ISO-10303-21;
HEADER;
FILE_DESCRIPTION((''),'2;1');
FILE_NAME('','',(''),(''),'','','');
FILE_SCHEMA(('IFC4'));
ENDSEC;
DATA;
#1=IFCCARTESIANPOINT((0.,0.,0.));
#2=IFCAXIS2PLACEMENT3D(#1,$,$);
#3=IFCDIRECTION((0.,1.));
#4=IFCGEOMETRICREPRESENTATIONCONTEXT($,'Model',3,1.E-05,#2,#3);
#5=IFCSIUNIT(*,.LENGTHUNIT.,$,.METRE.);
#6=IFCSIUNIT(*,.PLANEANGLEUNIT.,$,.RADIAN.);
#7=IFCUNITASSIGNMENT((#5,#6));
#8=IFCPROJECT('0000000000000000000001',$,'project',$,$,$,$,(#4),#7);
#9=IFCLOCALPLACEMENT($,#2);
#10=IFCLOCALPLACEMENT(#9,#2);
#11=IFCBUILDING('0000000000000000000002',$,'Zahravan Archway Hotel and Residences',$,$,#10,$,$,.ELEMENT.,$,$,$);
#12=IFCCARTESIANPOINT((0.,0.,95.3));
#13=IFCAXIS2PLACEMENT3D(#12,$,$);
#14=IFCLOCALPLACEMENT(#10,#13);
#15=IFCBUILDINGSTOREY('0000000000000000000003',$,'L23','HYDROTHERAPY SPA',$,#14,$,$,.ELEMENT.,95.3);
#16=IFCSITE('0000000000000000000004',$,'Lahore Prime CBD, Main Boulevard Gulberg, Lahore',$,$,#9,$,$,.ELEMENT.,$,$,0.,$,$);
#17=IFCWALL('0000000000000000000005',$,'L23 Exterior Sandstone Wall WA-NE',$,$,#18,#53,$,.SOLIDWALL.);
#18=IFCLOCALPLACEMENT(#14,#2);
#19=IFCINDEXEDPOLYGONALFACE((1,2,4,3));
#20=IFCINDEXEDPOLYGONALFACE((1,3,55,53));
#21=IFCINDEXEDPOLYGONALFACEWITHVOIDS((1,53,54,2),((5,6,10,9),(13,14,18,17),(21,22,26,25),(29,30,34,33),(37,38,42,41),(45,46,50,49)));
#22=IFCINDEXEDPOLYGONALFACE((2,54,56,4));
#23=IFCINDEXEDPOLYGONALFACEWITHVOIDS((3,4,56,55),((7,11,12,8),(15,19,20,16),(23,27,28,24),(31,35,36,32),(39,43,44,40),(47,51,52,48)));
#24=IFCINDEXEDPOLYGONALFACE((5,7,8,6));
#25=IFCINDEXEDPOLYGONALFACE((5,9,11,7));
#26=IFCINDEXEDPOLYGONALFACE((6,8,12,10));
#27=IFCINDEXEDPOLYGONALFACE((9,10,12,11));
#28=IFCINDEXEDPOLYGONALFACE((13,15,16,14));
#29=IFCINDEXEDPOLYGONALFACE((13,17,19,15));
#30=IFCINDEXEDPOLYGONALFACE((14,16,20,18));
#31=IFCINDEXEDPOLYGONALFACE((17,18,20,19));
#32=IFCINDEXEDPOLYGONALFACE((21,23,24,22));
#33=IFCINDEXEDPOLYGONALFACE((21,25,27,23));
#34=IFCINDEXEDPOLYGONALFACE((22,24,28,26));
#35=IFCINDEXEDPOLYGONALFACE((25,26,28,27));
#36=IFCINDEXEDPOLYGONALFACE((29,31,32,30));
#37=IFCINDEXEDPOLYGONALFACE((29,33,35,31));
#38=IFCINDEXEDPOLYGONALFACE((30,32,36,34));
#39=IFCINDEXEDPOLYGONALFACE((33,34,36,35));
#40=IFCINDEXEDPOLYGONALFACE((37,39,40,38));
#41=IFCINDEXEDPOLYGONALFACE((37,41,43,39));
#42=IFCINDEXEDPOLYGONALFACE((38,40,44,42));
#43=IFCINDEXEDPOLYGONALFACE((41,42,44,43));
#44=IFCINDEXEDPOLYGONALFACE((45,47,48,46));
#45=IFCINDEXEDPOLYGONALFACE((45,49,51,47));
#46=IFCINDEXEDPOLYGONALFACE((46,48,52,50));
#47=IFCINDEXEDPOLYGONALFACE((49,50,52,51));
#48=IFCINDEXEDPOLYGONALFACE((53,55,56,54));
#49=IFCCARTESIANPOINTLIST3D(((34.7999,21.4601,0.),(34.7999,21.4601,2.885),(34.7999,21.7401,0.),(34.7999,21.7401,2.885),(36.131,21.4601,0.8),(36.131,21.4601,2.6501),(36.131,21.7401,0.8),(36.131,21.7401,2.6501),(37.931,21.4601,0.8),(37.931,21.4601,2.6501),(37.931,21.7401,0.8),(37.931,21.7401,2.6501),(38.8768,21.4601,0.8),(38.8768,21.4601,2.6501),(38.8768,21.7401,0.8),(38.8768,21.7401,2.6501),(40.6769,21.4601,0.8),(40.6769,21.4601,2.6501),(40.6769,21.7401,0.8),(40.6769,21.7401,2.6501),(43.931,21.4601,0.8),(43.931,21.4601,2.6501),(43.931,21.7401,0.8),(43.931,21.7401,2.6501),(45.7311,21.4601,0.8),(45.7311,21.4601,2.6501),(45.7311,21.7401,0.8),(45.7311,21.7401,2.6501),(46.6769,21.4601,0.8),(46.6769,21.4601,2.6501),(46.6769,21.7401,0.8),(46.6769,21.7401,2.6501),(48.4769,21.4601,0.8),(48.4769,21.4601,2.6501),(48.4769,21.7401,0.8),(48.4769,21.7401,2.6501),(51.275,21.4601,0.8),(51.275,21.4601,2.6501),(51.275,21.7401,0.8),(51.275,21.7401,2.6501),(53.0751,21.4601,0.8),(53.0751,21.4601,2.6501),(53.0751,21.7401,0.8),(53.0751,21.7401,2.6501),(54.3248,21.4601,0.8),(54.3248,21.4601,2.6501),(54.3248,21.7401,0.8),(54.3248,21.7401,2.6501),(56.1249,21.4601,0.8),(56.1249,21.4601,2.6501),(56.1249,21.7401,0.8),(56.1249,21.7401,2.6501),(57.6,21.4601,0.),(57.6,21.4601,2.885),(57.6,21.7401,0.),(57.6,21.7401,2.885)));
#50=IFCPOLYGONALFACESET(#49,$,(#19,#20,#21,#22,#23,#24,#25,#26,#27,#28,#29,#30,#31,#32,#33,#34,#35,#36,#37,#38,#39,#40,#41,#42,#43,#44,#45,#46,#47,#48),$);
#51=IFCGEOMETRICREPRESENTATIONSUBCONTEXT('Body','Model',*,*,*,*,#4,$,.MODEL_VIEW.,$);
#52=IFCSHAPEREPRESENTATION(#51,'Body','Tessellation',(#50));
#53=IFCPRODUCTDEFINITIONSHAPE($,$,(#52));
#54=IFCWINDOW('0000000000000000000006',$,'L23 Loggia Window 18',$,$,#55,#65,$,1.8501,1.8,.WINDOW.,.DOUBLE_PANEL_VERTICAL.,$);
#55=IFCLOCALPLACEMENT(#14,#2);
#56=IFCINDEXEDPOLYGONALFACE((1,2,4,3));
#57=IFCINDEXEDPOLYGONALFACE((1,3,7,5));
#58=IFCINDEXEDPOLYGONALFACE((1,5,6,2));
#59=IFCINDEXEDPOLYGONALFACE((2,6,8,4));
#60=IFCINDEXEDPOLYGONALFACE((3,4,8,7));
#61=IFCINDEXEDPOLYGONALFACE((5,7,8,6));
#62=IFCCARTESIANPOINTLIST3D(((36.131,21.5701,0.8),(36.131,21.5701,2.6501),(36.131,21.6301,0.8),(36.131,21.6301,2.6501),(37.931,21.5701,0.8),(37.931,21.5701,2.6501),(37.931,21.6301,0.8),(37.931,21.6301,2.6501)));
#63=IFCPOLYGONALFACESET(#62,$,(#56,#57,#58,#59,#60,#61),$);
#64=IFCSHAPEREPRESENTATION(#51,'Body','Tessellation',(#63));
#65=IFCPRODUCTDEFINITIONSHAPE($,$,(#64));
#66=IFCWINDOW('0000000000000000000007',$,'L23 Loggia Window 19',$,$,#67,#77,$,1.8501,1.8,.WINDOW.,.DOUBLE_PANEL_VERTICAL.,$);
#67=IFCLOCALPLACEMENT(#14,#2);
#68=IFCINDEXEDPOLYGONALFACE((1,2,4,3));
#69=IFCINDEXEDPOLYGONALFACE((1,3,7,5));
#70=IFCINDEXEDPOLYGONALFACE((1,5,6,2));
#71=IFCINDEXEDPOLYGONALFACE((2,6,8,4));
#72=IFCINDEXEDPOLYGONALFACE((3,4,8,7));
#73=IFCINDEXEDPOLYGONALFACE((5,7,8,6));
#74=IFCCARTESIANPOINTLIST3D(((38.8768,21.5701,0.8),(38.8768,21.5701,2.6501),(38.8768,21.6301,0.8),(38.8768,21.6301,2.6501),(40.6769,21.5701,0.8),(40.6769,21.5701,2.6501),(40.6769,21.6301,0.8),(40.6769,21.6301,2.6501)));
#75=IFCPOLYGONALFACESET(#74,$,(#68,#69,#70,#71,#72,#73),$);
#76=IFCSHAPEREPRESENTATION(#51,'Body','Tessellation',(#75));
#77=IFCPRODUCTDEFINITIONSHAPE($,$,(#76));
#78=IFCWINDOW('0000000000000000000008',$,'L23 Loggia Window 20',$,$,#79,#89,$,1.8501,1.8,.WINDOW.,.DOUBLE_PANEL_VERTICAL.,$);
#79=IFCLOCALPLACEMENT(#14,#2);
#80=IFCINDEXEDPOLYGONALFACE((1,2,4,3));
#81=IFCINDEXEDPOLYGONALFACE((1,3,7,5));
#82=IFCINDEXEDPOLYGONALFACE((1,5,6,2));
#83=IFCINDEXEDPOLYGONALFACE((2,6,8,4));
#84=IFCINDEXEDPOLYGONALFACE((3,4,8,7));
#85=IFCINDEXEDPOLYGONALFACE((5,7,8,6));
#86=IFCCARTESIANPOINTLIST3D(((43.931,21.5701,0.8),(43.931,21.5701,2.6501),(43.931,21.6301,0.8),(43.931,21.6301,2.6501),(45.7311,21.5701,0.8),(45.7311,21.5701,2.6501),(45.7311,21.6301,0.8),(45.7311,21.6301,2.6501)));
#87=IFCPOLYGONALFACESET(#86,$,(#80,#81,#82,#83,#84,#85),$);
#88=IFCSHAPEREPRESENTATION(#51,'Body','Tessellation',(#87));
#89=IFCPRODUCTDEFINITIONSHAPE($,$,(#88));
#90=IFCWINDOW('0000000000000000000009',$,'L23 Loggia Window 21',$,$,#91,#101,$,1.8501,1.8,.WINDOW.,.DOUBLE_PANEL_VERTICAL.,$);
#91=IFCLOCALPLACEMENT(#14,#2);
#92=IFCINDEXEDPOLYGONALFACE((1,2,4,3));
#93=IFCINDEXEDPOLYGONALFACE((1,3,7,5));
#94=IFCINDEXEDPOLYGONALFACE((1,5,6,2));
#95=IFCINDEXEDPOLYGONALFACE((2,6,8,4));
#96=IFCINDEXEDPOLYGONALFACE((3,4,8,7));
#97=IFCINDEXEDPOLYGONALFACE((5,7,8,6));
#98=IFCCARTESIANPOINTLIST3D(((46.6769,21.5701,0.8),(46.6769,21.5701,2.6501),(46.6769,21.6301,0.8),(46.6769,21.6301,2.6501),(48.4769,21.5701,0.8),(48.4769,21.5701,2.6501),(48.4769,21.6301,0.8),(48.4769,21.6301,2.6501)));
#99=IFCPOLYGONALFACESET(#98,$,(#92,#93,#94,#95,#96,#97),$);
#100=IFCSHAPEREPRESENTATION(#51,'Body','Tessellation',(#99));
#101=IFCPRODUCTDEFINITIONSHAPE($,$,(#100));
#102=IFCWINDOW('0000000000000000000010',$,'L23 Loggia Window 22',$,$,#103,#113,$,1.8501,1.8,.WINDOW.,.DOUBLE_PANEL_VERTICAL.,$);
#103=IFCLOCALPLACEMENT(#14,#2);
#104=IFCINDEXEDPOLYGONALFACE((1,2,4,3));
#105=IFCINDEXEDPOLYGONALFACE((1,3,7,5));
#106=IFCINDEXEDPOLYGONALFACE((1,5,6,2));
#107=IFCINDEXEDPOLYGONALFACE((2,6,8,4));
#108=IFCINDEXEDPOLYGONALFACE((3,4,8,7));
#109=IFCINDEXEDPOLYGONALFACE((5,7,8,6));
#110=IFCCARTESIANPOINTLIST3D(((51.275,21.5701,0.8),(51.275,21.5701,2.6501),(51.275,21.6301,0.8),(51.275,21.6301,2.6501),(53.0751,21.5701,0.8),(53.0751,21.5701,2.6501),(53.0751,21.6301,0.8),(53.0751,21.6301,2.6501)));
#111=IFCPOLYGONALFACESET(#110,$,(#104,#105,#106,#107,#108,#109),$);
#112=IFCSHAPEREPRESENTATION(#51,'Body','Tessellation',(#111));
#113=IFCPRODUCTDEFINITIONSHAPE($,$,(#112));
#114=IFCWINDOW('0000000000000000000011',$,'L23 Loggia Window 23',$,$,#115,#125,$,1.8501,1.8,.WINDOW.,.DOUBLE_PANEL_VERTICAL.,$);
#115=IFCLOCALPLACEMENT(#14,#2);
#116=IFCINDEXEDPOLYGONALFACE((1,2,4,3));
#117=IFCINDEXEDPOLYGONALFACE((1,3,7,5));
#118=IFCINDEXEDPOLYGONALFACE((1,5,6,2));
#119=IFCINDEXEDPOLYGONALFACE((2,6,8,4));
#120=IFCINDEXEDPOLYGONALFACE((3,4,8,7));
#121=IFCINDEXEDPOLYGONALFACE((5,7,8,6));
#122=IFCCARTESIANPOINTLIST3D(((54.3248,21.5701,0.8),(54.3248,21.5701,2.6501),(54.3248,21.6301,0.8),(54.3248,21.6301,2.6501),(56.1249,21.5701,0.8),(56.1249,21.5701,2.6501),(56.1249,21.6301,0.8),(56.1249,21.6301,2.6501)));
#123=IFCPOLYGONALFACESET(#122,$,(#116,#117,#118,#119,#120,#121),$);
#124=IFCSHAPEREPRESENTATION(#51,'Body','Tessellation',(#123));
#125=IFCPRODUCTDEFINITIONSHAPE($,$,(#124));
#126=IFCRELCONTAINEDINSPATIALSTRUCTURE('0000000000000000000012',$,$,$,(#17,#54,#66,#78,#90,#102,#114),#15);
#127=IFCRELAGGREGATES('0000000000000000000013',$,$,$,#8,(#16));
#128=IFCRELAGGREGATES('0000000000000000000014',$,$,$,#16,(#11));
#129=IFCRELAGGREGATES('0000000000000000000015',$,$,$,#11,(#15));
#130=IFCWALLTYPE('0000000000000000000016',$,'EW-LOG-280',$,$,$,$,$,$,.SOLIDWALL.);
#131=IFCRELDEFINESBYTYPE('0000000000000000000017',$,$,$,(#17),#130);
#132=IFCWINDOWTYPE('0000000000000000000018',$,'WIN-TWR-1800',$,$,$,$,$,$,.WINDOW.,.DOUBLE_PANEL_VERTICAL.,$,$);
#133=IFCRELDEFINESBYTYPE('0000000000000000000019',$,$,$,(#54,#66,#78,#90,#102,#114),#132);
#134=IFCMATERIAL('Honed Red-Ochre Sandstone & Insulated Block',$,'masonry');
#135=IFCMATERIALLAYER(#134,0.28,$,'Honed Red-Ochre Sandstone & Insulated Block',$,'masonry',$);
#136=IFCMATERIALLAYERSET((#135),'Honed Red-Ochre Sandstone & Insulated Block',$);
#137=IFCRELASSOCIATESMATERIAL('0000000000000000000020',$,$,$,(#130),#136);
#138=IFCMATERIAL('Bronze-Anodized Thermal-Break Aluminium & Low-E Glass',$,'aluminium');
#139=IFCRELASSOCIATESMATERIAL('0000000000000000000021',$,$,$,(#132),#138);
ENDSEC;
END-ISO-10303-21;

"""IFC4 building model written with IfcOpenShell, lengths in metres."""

from ifc_helpers import new_model, si_unit, direction, frame, frame_2d, origin, place, context, subcontext, project, spatial, rectangle, extrude, source, transform, mapped, material, layer, layer_set, type_object, type_shapes, element, fill, save


model = new_model("IFC4")

# Units and contexts
model_context = context("Model", 3, precision=1e-05, world=origin(), true_north=direction((0.0, 1.0)))
body_context = subcontext(model_context, "Body", "Model", "MODEL_VIEW")
ifc_project = project(units=[si_unit("LENGTHUNIT", "METRE"), si_unit("PLANEANGLEUNIT", "RADIAN")], contexts=[model_context])

# Site, building, storey
site_placement = place(None, origin())
site = spatial("IfcSite", under=ifc_project, at=site_placement, Name="Lahore Prime CBD, Main Boulevard Gulberg, Lahore", CompositionType="ELEMENT", RefElevation=0.0)
building_placement = place(site_placement, origin())
building = spatial("IfcBuilding", under=site, at=building_placement, Name="Zahravan Archway Hotel and Residences", CompositionType="ELEMENT")
storey_placement = place(building_placement, frame((0.0, 0.0, 95.3)))
storey = spatial("IfcBuildingStorey", under=building, at=storey_placement, Name="L23", Description="HYDROTHERAPY SPA", CompositionType="ELEMENT", Elevation=95.3)

# Wall, openings, windows
ifc_material_1 = material(Name="Honed Red-Ochre Sandstone & Insulated Block", Category="masonry")
ifc_layer_1 = layer(ifc_material_1, 0.28, Name="Honed Red-Ochre Sandstone & Insulated Block", Category="masonry")
ifc_layer_set_1 = layer_set([ifc_layer_1], Name="Honed Red-Ochre Sandstone & Insulated Block")
wall_type = type_object("IfcWallType", Name="EW-LOG-280", PredefinedType="SOLIDWALL", material=ifc_layer_set_1)
wall_placement = place(storey_placement, frame((34.8, 21.6001, 0.0), z_axis=(0.0, 0.0, 1.0), x_axis=(1.0, 0.0, 0.0)))
wall = element("IfcWall", 1, at=wall_placement, inside=storey, type_object=wall_type, Name="L23 Exterior Sandstone Wall WA-NE", PredefinedType="SOLIDWALL", context=body_context, shape_type="SweptSolid", body=[
    extrude(rectangle(XDim=22.8, YDim=0.28, at=frame_2d((11.3999, 0.0))), origin(), (0.0, 0.0, 1.0), 2.885),
])
opening_1_placement = place(wall_placement, frame((1.3311, 0.0, 0.8)))
opening_1 = element("IfcOpeningElement", 2, at=opening_1_placement, cuts=wall, PredefinedType="OPENING", context=body_context, shape_type="SweptSolid", body=[
    extrude(rectangle(XDim=1.8, YDim=1.8501, at=frame_2d((0.8999, 0.925))), frame((0.0, 0.1499, 0.0), z_axis=(0.0, -1.0, 0.0), x_axis=(1.0, 0.0, 0.0)), (0.0, 0.0, 1.0), 0.3),
])
opening_2_placement = place(wall_placement, frame((4.0769, 0.0, 0.8)))
opening_2 = element("IfcOpeningElement", 3, at=opening_2_placement, cuts=wall, PredefinedType="OPENING", context=body_context, shape_type="SweptSolid", body=[
    extrude(rectangle(XDim=1.8, YDim=1.8501, at=frame_2d((0.8999, 0.925))), frame((0.0, 0.1499, 0.0), z_axis=(0.0, -1.0, 0.0), x_axis=(1.0, 0.0, 0.0)), (0.0, 0.0, 1.0), 0.3),
])
opening_3_placement = place(wall_placement, frame((9.1311, 0.0, 0.8)))
opening_3 = element("IfcOpeningElement", 4, at=opening_3_placement, cuts=wall, PredefinedType="OPENING", context=body_context, shape_type="SweptSolid", body=[
    extrude(rectangle(XDim=1.8, YDim=1.8501, at=frame_2d((0.8999, 0.925))), frame((0.0, 0.1499, 0.0), z_axis=(0.0, -1.0, 0.0), x_axis=(1.0, 0.0, 0.0)), (0.0, 0.0, 1.0), 0.3),
])
opening_4_placement = place(wall_placement, frame((11.877, 0.0, 0.8)))
opening_4 = element("IfcOpeningElement", 5, at=opening_4_placement, cuts=wall, PredefinedType="OPENING", context=body_context, shape_type="SweptSolid", body=[
    extrude(rectangle(XDim=1.8, YDim=1.8501, at=frame_2d((0.8999, 0.925))), frame((0.0, 0.1499, 0.0), z_axis=(0.0, -1.0, 0.0), x_axis=(1.0, 0.0, 0.0)), (0.0, 0.0, 1.0), 0.3),
])
opening_5_placement = place(wall_placement, frame((16.4751, 0.0, 0.8)))
opening_5 = element("IfcOpeningElement", 6, at=opening_5_placement, cuts=wall, PredefinedType="OPENING", context=body_context, shape_type="SweptSolid", body=[
    extrude(rectangle(XDim=1.8, YDim=1.8501, at=frame_2d((0.8999, 0.925))), frame((0.0, 0.1499, 0.0), z_axis=(0.0, -1.0, 0.0), x_axis=(1.0, 0.0, 0.0)), (0.0, 0.0, 1.0), 0.3),
])
opening_6_placement = place(wall_placement, frame((19.5249, 0.0, 0.8)))
opening_6 = element("IfcOpeningElement", 7, at=opening_6_placement, cuts=wall, PredefinedType="OPENING", context=body_context, shape_type="SweptSolid", body=[
    extrude(rectangle(XDim=1.8, YDim=1.8501, at=frame_2d((0.8999, 0.925))), frame((0.0, 0.1499, 0.0), z_axis=(0.0, -1.0, 0.0), x_axis=(1.0, 0.0, 0.0)), (0.0, 0.0, 1.0), 0.3),
])
ifc_material_2 = material(Name="Bronze-Anodized Thermal-Break Aluminium & Low-E Glass", Category="aluminium")
window_type = type_object("IfcWindowType", Name="WIN-TWR-1800", PartitioningType="DOUBLE_PANEL_VERTICAL", PredefinedType="WINDOW", material=ifc_material_2)
shared_shape_1 = source(origin(), body_context, "Body", "SweptSolid", [
    extrude(rectangle(XDim=1.8, YDim=1.8501, at=frame_2d((0.8999, 0.925))), frame((0.0, 0.03, 0.0), z_axis=(0.0, -1.0, 0.0), x_axis=(1.0, 0.0, 0.0)), (0.0, 0.0, 1.0), 0.0601),
])
type_shapes(window_type, [shared_shape_1])
window_1_placement = place(opening_1_placement, origin())
window_1 = element("IfcWindow", 8, at=window_1_placement, inside=storey, type_object=window_type, Name="L23 Loggia Window 18", OverallHeight=1.8501, OverallWidth=1.8, PartitioningType="DOUBLE_PANEL_VERTICAL", PredefinedType="WINDOW", context=body_context, shape_type="MappedRepresentation", body=[
    mapped(shared_shape_1, transform((0.0, 0.0, 0.0), scale=1.0)),
])
fill(opening_1, window_1)
window_2_placement = place(opening_2_placement, origin())
window_2 = element("IfcWindow", 9, at=window_2_placement, inside=storey, type_object=window_type, Name="L23 Loggia Window 19", OverallHeight=1.8501, OverallWidth=1.8, PartitioningType="DOUBLE_PANEL_VERTICAL", PredefinedType="WINDOW", context=body_context, shape_type="MappedRepresentation", body=[
    mapped(shared_shape_1, transform((0.0, 0.0, 0.0), scale=1.0)),
])
fill(opening_2, window_2)
window_3_placement = place(opening_3_placement, origin())
window_3 = element("IfcWindow", 10, at=window_3_placement, inside=storey, type_object=window_type, Name="L23 Loggia Window 20", OverallHeight=1.8501, OverallWidth=1.8, PartitioningType="DOUBLE_PANEL_VERTICAL", PredefinedType="WINDOW", context=body_context, shape_type="MappedRepresentation", body=[
    mapped(shared_shape_1, transform((0.0, 0.0, 0.0), scale=1.0)),
])
fill(opening_3, window_3)
window_4_placement = place(opening_4_placement, origin())
window_4 = element("IfcWindow", 11, at=window_4_placement, inside=storey, type_object=window_type, Name="L23 Loggia Window 21", OverallHeight=1.8501, OverallWidth=1.8, PartitioningType="DOUBLE_PANEL_VERTICAL", PredefinedType="WINDOW", context=body_context, shape_type="MappedRepresentation", body=[
    mapped(shared_shape_1, transform((0.0, 0.0, 0.0), scale=1.0)),
])
fill(opening_4, window_4)
window_5_placement = place(opening_5_placement, origin())
window_5 = element("IfcWindow", 12, at=window_5_placement, inside=storey, type_object=window_type, Name="L23 Loggia Window 22", OverallHeight=1.8501, OverallWidth=1.8, PartitioningType="DOUBLE_PANEL_VERTICAL", PredefinedType="WINDOW", context=body_context, shape_type="MappedRepresentation", body=[
    mapped(shared_shape_1, transform((0.0, 0.0, 0.0), scale=1.0)),
])
fill(opening_5, window_5)
window_6_placement = place(opening_6_placement, origin())
window_6 = element("IfcWindow", 13, at=window_6_placement, inside=storey, type_object=window_type, Name="L23 Loggia Window 23", OverallHeight=1.8501, OverallWidth=1.8, PartitioningType="DOUBLE_PANEL_VERTICAL", PredefinedType="WINDOW", context=body_context, shape_type="MappedRepresentation", body=[
    mapped(shared_shape_1, transform((0.0, 0.0, 0.0), scale=1.0)),
])
fill(opening_6, window_6)

save(model, "model.ifc")
